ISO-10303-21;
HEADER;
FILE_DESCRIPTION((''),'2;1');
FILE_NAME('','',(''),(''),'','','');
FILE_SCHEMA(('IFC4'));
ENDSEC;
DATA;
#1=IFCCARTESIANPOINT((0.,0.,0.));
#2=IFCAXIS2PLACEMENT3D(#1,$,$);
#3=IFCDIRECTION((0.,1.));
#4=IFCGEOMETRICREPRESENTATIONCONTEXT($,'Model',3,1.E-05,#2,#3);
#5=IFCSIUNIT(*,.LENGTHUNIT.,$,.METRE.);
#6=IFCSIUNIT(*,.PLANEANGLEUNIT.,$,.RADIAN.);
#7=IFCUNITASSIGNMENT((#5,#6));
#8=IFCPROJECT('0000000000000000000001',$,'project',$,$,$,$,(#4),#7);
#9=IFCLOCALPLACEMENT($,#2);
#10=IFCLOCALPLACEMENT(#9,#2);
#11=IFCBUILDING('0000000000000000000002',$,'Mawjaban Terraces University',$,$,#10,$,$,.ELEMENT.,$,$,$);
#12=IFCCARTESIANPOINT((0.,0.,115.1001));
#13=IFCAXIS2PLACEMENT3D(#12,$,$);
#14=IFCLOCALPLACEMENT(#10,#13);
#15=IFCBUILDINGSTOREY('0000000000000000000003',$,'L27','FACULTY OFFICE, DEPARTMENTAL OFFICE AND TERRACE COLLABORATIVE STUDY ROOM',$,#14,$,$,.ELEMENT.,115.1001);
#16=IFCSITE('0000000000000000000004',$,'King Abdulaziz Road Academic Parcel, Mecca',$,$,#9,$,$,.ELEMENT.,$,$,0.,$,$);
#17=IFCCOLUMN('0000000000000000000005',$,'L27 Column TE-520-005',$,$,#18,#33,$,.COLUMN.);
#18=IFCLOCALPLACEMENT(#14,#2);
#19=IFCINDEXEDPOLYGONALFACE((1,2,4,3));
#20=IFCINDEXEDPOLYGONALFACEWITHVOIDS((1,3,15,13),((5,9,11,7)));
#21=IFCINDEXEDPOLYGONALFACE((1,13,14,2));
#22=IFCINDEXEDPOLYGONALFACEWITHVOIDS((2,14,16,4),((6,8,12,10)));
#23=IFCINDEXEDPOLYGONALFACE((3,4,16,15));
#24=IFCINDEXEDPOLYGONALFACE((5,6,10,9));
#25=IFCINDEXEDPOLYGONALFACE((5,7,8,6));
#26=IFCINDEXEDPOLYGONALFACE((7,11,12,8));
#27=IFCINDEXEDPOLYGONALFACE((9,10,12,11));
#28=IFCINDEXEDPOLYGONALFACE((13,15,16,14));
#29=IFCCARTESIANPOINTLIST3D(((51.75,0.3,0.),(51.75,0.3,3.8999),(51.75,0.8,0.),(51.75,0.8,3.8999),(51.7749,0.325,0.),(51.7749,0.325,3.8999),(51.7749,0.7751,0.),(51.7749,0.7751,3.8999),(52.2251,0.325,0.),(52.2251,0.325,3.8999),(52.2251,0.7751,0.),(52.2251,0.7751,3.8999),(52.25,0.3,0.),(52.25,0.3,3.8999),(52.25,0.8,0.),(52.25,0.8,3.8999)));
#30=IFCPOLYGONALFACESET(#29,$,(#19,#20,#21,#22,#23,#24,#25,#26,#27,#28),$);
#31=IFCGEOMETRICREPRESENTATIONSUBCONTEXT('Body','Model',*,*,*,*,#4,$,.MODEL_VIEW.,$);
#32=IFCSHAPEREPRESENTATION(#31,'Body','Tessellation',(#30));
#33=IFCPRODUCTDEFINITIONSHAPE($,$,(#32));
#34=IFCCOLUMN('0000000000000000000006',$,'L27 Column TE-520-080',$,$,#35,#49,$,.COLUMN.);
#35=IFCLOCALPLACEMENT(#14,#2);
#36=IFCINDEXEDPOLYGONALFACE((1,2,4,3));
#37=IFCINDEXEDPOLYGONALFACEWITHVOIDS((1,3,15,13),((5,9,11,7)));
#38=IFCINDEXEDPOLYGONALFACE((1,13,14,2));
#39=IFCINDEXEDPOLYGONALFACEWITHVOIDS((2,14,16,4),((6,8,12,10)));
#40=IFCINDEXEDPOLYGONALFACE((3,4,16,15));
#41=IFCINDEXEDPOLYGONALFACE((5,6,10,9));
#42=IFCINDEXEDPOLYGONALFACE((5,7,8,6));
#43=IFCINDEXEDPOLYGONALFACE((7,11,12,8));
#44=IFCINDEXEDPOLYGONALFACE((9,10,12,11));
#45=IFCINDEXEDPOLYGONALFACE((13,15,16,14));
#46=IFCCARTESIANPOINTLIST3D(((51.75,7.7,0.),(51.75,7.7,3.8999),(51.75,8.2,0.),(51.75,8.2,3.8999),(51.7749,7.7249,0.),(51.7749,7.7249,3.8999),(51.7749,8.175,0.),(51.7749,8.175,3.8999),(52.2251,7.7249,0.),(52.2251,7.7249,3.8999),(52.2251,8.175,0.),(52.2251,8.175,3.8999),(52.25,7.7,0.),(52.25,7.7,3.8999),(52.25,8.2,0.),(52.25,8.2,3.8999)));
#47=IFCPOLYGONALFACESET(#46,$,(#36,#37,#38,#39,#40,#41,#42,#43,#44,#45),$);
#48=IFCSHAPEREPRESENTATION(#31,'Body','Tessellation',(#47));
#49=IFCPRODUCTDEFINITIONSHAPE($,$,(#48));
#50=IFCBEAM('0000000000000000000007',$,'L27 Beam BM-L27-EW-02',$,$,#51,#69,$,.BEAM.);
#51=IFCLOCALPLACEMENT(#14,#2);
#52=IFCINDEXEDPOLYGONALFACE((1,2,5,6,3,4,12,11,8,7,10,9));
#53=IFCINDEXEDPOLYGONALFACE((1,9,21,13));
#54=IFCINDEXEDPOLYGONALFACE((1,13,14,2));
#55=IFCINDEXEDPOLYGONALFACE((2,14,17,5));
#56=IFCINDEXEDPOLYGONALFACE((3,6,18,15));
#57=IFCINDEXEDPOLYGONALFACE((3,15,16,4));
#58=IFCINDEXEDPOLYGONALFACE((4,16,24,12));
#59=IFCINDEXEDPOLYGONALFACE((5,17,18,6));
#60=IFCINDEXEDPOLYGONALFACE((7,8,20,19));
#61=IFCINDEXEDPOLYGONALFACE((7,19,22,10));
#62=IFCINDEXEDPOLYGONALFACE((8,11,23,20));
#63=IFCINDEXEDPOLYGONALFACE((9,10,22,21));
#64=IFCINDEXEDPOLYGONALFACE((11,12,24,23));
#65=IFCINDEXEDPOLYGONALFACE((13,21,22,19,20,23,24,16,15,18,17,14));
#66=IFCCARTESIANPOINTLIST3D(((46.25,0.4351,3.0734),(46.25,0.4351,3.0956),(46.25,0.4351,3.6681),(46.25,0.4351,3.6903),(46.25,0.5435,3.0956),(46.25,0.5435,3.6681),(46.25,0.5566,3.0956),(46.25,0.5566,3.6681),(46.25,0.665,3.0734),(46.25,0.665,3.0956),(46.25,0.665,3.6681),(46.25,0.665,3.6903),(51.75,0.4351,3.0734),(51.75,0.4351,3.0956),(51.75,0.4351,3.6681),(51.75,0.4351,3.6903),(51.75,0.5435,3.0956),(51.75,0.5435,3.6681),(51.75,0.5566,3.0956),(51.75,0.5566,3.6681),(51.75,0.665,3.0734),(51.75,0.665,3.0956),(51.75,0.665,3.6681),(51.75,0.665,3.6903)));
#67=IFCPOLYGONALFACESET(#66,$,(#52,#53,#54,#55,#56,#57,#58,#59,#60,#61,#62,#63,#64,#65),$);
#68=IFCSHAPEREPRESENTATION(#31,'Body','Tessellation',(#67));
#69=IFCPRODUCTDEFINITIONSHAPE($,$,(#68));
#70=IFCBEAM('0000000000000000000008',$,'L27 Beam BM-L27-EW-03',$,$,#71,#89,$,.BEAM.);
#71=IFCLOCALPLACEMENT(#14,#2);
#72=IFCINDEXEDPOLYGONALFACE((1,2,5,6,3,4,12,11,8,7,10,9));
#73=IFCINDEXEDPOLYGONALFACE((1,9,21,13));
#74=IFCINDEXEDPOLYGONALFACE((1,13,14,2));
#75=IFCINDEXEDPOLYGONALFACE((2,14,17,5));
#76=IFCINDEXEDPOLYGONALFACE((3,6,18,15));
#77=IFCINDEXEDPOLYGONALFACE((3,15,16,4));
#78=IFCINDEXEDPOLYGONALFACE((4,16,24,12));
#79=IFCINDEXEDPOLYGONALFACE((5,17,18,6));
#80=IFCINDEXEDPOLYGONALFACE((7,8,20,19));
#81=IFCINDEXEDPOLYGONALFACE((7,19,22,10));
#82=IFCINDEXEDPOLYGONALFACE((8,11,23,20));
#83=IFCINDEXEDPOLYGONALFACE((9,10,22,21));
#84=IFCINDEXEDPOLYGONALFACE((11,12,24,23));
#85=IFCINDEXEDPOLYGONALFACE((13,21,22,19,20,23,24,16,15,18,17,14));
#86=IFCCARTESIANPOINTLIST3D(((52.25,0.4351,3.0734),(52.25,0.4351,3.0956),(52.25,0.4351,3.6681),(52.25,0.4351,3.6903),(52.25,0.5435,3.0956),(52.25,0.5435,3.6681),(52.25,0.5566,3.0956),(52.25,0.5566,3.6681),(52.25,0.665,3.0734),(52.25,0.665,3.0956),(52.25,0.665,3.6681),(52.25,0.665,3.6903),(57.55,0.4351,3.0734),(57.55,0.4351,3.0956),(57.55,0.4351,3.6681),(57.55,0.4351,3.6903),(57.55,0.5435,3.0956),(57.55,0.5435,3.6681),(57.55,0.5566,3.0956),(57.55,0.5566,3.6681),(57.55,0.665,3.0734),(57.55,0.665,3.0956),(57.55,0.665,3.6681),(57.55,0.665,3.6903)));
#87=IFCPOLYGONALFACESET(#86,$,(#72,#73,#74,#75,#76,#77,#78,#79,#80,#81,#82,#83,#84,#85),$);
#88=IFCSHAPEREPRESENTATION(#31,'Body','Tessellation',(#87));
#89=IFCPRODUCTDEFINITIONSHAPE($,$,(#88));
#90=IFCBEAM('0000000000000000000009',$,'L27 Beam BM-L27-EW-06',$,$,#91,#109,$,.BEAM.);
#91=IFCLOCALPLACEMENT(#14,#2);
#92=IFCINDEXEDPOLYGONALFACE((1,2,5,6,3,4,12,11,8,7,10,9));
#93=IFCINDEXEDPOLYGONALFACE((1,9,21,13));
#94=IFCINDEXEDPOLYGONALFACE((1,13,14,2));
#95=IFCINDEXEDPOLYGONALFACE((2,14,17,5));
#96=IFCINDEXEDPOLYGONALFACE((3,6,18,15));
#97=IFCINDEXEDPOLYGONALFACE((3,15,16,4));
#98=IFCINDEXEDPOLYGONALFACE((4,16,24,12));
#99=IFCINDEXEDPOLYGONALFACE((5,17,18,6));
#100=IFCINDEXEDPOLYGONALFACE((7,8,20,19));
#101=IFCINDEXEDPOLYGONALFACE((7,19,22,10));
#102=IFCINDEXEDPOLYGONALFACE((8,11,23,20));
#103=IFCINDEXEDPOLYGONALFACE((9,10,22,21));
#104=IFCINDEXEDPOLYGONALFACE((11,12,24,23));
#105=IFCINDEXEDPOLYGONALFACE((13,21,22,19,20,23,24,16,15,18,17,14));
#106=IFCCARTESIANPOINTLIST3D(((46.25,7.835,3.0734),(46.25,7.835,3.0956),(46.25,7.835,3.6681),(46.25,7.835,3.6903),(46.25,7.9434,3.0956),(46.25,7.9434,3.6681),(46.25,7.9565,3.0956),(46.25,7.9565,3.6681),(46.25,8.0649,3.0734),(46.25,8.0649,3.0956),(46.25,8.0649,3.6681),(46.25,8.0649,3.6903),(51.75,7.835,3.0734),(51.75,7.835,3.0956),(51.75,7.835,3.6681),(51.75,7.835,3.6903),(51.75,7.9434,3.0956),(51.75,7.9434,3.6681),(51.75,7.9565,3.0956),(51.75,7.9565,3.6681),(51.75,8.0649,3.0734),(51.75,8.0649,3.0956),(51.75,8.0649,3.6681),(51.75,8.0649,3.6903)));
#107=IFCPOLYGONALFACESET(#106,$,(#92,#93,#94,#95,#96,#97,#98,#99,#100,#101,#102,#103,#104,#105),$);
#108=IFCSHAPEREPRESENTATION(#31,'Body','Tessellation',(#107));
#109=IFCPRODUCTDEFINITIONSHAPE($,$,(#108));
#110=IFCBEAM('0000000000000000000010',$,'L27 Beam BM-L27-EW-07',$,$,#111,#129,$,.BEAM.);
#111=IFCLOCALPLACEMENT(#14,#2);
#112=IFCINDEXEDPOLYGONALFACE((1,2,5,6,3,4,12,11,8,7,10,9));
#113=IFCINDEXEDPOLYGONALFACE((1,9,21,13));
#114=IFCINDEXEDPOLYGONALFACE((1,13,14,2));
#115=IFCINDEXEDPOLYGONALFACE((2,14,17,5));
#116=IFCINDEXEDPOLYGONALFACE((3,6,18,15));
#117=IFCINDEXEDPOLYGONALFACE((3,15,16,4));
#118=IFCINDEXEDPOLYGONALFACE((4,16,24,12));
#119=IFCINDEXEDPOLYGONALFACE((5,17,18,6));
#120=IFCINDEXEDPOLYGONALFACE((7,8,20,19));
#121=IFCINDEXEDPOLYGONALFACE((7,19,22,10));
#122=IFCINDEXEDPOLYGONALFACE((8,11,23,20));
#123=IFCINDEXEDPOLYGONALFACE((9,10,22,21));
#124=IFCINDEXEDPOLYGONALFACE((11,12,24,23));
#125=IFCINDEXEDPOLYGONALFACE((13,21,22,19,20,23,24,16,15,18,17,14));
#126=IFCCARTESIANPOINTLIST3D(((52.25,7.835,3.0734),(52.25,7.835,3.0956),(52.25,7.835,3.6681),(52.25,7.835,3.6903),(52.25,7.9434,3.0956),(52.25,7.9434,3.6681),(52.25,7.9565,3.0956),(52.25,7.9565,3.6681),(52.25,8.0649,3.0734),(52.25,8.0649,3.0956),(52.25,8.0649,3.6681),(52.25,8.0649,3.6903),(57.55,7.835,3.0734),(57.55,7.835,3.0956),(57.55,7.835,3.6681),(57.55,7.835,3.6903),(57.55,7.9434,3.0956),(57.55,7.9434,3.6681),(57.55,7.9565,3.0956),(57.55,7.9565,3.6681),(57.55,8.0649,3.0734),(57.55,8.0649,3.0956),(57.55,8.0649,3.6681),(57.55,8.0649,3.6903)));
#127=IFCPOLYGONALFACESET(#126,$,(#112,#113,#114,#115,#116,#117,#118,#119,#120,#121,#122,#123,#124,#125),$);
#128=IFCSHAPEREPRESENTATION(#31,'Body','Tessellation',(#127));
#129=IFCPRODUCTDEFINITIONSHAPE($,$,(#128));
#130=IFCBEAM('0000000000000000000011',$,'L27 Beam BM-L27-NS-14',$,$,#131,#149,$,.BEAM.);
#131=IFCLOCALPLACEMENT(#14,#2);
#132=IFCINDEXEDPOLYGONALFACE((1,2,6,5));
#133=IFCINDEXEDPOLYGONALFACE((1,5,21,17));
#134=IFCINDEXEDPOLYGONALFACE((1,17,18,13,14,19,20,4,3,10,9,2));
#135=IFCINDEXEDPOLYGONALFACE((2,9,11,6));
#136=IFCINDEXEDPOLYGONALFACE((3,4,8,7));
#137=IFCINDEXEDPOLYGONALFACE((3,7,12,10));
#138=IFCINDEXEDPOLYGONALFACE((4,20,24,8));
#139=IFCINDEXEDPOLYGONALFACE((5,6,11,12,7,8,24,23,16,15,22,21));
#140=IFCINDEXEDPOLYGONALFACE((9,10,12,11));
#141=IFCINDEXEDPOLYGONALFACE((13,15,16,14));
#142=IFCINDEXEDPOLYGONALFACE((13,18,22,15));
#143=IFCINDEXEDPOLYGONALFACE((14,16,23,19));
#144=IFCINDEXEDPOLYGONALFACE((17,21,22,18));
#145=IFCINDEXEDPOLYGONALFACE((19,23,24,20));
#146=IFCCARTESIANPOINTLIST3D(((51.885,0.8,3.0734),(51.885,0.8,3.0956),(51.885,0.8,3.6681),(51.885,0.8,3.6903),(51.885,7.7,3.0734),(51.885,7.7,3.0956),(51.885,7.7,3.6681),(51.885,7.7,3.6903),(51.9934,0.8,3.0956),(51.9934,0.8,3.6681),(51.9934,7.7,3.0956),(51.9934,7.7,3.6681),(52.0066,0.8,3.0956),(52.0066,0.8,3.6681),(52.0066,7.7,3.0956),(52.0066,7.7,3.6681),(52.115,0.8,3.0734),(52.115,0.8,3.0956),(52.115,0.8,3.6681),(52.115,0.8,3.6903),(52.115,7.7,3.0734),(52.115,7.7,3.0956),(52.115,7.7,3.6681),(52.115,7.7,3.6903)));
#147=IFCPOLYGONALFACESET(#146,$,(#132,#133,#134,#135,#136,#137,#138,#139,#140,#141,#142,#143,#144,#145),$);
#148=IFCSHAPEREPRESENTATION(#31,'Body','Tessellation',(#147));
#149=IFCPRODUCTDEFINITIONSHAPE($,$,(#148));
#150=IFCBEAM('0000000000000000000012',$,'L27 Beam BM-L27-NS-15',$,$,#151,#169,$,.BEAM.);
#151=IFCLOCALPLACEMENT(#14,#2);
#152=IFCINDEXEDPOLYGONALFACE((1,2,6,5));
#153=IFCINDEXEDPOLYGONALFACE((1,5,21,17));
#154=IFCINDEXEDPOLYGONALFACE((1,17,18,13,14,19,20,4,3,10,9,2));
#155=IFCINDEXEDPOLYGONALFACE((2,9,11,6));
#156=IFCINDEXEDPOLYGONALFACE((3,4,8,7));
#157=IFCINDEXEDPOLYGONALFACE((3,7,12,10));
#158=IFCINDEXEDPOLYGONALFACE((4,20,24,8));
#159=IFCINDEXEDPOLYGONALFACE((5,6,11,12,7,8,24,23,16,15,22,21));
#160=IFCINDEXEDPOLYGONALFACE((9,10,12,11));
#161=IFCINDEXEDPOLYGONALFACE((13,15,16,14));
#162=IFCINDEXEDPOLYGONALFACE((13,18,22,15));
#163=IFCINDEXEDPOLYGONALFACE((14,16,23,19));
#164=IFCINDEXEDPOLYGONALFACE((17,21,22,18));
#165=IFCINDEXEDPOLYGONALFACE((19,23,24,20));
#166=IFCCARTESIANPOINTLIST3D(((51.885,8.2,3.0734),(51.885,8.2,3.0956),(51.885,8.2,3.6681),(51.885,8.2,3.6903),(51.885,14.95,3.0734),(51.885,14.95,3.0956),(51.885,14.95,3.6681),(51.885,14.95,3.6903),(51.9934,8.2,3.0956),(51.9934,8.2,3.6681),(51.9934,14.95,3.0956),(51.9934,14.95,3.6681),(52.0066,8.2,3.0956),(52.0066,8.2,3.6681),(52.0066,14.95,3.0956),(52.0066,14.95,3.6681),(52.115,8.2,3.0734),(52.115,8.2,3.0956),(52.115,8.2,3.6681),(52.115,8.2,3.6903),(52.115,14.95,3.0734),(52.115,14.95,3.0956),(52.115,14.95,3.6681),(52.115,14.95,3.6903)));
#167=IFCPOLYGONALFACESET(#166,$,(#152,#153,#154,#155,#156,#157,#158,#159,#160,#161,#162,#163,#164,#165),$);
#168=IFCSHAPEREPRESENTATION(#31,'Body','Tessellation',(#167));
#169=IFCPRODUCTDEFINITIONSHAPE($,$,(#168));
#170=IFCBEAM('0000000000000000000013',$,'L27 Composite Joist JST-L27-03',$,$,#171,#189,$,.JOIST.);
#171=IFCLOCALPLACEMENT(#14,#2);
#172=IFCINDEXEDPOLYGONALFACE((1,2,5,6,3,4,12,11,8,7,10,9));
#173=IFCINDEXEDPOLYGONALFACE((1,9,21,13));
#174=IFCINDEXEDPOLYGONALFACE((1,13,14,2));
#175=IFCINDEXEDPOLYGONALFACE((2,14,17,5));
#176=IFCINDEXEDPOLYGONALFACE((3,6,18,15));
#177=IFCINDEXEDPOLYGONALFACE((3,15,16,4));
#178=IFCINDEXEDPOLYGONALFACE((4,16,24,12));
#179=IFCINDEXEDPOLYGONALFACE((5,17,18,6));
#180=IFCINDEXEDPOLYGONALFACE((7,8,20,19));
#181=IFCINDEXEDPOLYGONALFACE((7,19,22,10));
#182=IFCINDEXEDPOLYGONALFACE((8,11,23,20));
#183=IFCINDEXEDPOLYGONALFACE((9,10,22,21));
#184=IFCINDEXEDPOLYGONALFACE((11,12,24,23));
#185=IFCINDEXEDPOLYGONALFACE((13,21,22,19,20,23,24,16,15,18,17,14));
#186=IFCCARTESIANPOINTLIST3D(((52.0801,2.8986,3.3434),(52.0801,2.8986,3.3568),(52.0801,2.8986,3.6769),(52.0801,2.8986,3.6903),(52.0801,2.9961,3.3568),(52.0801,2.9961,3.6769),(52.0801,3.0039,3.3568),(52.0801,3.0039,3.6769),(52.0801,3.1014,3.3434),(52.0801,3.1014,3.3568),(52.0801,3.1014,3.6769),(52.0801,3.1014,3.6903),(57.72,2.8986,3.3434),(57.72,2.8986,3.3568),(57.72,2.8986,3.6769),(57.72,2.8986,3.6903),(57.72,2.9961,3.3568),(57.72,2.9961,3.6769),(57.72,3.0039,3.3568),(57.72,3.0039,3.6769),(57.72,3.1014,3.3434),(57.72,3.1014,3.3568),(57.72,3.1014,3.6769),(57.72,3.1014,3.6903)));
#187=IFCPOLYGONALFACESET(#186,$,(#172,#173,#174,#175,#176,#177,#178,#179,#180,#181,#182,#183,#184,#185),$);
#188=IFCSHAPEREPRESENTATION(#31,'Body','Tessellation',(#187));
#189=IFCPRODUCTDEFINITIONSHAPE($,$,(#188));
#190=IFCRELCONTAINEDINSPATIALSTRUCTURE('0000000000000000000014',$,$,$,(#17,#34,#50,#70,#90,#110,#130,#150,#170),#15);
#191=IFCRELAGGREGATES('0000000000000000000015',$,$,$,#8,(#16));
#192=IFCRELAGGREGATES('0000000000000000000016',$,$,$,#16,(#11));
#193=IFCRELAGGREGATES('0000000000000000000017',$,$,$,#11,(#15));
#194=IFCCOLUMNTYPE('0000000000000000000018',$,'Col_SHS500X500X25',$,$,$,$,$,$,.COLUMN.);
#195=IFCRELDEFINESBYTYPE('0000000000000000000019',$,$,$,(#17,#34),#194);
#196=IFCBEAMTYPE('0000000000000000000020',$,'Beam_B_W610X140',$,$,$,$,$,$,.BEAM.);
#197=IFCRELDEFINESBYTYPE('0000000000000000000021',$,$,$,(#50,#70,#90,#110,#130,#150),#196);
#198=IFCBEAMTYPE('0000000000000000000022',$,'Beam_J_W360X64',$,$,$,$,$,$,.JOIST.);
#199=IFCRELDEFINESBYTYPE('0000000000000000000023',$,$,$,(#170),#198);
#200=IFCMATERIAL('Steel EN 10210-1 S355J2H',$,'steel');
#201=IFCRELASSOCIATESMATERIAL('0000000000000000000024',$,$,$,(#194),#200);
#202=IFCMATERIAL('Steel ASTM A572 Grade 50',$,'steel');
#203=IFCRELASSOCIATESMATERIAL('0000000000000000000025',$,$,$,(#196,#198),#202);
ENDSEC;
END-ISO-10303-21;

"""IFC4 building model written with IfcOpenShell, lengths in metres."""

from ifc_helpers import new_model, si_unit, direction, frame, origin, origin_2d, place, context, subcontext, project, spatial, hollow_rectangle, i_section, extrude, material, material_profile, profile_set, type_object, element, save


model = new_model("IFC4")

# Units and contexts
model_context = context("Model", 3, precision=1e-05, world=origin(), true_north=direction((0.0, 1.0)))
body_context = subcontext(model_context, "Body", "Model", "MODEL_VIEW")
ifc_project = project(units=[si_unit("LENGTHUNIT", "METRE"), si_unit("PLANEANGLEUNIT", "RADIAN")], contexts=[model_context])

# Site, building, storey
site_placement = place(None, origin())
site = spatial("IfcSite", under=ifc_project, at=site_placement, Name="King Abdulaziz Road Academic Parcel, Mecca", CompositionType="ELEMENT", RefElevation=0.0)
building_placement = place(site_placement, origin())
building = spatial("IfcBuilding", under=site, at=building_placement, Name="Mawjaban Terraces University", CompositionType="ELEMENT")
storey_placement = place(building_placement, frame((0.0, 0.0, 115.1001)))
storey = spatial("IfcBuildingStorey", under=building, at=storey_placement, Name="L27", Description="FACULTY OFFICE, DEPARTMENTAL OFFICE AND TERRACE COLLABORATIVE STUDY ROOM", CompositionType="ELEMENT", Elevation=115.1001)

# Columns
ifc_material_1 = material(Name="Steel EN 10210-1 S355J2H", Category="steel")
ifc_material_profile_1 = material_profile(ifc_material_1, hollow_rectangle(XDim=0.5, YDim=0.5, WallThickness=0.0249, at=origin_2d()), Name="SHS500X500X25")
ifc_profile_set_1 = profile_set([ifc_material_profile_1], Name="Steel EN 10210-1 S355J2H")
column_type = type_object("IfcColumnType", Name="Col_SHS500X500X25", PredefinedType="COLUMN", material=ifc_profile_set_1)
for number, where, z_axis, x_axis, name in (
    (1, (52.0, 0.55, 0.0), (0.0, 0.0, 1.0), (1.0, 0.0, 0.0), "L27 Column TE-520-005"),
    (2, (52.0, 7.95, 0.0), (0.0, 0.0, 1.0), (1.0, 0.0, 0.0), "L27 Column TE-520-080"),
):
    element("IfcColumn", number, at=place(storey_placement, frame(where, z_axis=z_axis, x_axis=x_axis)), inside=storey, type_object=column_type, Name=name, PredefinedType="COLUMN", context=body_context, shape_type="SweptSolid", body=[
        extrude(hollow_rectangle(XDim=0.5, YDim=0.5, WallThickness=0.0249, at=origin_2d()), origin(), (0.0, 0.0, 1.0), 3.8999),
    ])

# Beams
ifc_material_2 = material(Name="Steel ASTM A572 Grade 50", Category="steel")
ifc_material_profile_2 = material_profile(ifc_material_2, i_section(OverallWidth=0.23, OverallDepth=0.6169, WebThickness=0.0132, FlangeThickness=0.0222, at=origin_2d()), Name="W610X140")
ifc_profile_set_2 = profile_set([ifc_material_profile_2], Name="Steel ASTM A572 Grade 50")
beam_type_1 = type_object("IfcBeamType", Name="Beam_B_W610X140", PredefinedType="BEAM", material=ifc_profile_set_2)
beam_1_placement = place(storey_placement, frame((46.25, 0.55, 3.3818), z_axis=(1.0, 0.0, 0.0), x_axis=(0.0, 1.0, 0.0)))
element("IfcBeam", 3, at=beam_1_placement, inside=storey, type_object=beam_type_1, Name="L27 Beam BM-L27-EW-02", PredefinedType="BEAM", context=body_context, shape_type="SweptSolid", body=[
    extrude(i_section(OverallWidth=0.23, OverallDepth=0.6169, WebThickness=0.0132, FlangeThickness=0.0222, at=origin_2d()), origin(), (0.0, 0.0, 1.0), 5.5),
])
beam_2_placement = place(storey_placement, frame((52.25, 0.55, 3.3818), z_axis=(1.0, 0.0, 0.0), x_axis=(0.0, 1.0, 0.0)))
element("IfcBeam", 4, at=beam_2_placement, inside=storey, type_object=beam_type_1, Name="L27 Beam BM-L27-EW-03", PredefinedType="BEAM", context=body_context, shape_type="SweptSolid", body=[
    extrude(i_section(OverallWidth=0.23, OverallDepth=0.6169, WebThickness=0.0132, FlangeThickness=0.0222, at=origin_2d()), origin(), (0.0, 0.0, 1.0), 5.3),
])
beam_3_placement = place(storey_placement, frame((46.25, 7.95, 3.3818), z_axis=(1.0, 0.0, 0.0), x_axis=(0.0, 1.0, 0.0)))
element("IfcBeam", 5, at=beam_3_placement, inside=storey, type_object=beam_type_1, Name="L27 Beam BM-L27-EW-06", PredefinedType="BEAM", context=body_context, shape_type="SweptSolid", body=[
    extrude(i_section(OverallWidth=0.23, OverallDepth=0.6169, WebThickness=0.0132, FlangeThickness=0.0222, at=origin_2d()), origin(), (0.0, 0.0, 1.0), 5.5),
])
beam_4_placement = place(storey_placement, frame((52.25, 7.95, 3.3818), z_axis=(1.0, 0.0, 0.0), x_axis=(0.0, 1.0, 0.0)))
element("IfcBeam", 6, at=beam_4_placement, inside=storey, type_object=beam_type_1, Name="L27 Beam BM-L27-EW-07", PredefinedType="BEAM", context=body_context, shape_type="SweptSolid", body=[
    extrude(i_section(OverallWidth=0.23, OverallDepth=0.6169, WebThickness=0.0132, FlangeThickness=0.0222, at=origin_2d()), origin(), (0.0, 0.0, 1.0), 5.3),
])
beam_5_placement = place(storey_placement, frame((52.0, 0.8, 3.3818), z_axis=(0.0, 1.0, 0.0), x_axis=(-1.0, 0.0, 0.0)))
element("IfcBeam", 7, at=beam_5_placement, inside=storey, type_object=beam_type_1, Name="L27 Beam BM-L27-NS-14", PredefinedType="BEAM", context=body_context, shape_type="SweptSolid", body=[
    extrude(i_section(OverallWidth=0.23, OverallDepth=0.6169, WebThickness=0.0132, FlangeThickness=0.0222, at=origin_2d()), origin(), (0.0, 0.0, 1.0), 6.8999),
])
beam_6_placement = place(storey_placement, frame((52.0, 8.2, 3.3818), z_axis=(0.0, 1.0, 0.0), x_axis=(-1.0, 0.0, 0.0)))
element("IfcBeam", 8, at=beam_6_placement, inside=storey, type_object=beam_type_1, Name="L27 Beam BM-L27-NS-15", PredefinedType="BEAM", context=body_context, shape_type="SweptSolid", body=[
    extrude(i_section(OverallWidth=0.23, OverallDepth=0.6169, WebThickness=0.0132, FlangeThickness=0.0222, at=origin_2d()), origin(), (0.0, 0.0, 1.0), 6.75),
])
ifc_material_profile_3 = material_profile(ifc_material_2, i_section(OverallWidth=0.2029, OverallDepth=0.3469, WebThickness=0.0078, FlangeThickness=0.0134, at=origin_2d()), Name="W360X64")
ifc_profile_set_3 = profile_set([ifc_material_profile_3], Name="Steel ASTM A572 Grade 50")
beam_type_2 = type_object("IfcBeamType", Name="Beam_J_W360X64", PredefinedType="JOIST", material=ifc_profile_set_3)
beam_7_placement = place(storey_placement, frame((52.0801, 3.0, 3.5168), z_axis=(1.0, 0.0, 0.0), x_axis=(0.0, 1.0, 0.0)))
element("IfcBeam", 9, at=beam_7_placement, inside=storey, type_object=beam_type_2, Name="L27 Composite Joist JST-L27-03", PredefinedType="JOIST", context=body_context, shape_type="SweptSolid", body=[
    extrude(i_section(OverallWidth=0.2029, OverallDepth=0.3469, WebThickness=0.0078, FlangeThickness=0.0134, at=origin_2d()), origin(), (0.0, 0.0, 1.0), 5.6399),
])

save(model, "model.ifc")
